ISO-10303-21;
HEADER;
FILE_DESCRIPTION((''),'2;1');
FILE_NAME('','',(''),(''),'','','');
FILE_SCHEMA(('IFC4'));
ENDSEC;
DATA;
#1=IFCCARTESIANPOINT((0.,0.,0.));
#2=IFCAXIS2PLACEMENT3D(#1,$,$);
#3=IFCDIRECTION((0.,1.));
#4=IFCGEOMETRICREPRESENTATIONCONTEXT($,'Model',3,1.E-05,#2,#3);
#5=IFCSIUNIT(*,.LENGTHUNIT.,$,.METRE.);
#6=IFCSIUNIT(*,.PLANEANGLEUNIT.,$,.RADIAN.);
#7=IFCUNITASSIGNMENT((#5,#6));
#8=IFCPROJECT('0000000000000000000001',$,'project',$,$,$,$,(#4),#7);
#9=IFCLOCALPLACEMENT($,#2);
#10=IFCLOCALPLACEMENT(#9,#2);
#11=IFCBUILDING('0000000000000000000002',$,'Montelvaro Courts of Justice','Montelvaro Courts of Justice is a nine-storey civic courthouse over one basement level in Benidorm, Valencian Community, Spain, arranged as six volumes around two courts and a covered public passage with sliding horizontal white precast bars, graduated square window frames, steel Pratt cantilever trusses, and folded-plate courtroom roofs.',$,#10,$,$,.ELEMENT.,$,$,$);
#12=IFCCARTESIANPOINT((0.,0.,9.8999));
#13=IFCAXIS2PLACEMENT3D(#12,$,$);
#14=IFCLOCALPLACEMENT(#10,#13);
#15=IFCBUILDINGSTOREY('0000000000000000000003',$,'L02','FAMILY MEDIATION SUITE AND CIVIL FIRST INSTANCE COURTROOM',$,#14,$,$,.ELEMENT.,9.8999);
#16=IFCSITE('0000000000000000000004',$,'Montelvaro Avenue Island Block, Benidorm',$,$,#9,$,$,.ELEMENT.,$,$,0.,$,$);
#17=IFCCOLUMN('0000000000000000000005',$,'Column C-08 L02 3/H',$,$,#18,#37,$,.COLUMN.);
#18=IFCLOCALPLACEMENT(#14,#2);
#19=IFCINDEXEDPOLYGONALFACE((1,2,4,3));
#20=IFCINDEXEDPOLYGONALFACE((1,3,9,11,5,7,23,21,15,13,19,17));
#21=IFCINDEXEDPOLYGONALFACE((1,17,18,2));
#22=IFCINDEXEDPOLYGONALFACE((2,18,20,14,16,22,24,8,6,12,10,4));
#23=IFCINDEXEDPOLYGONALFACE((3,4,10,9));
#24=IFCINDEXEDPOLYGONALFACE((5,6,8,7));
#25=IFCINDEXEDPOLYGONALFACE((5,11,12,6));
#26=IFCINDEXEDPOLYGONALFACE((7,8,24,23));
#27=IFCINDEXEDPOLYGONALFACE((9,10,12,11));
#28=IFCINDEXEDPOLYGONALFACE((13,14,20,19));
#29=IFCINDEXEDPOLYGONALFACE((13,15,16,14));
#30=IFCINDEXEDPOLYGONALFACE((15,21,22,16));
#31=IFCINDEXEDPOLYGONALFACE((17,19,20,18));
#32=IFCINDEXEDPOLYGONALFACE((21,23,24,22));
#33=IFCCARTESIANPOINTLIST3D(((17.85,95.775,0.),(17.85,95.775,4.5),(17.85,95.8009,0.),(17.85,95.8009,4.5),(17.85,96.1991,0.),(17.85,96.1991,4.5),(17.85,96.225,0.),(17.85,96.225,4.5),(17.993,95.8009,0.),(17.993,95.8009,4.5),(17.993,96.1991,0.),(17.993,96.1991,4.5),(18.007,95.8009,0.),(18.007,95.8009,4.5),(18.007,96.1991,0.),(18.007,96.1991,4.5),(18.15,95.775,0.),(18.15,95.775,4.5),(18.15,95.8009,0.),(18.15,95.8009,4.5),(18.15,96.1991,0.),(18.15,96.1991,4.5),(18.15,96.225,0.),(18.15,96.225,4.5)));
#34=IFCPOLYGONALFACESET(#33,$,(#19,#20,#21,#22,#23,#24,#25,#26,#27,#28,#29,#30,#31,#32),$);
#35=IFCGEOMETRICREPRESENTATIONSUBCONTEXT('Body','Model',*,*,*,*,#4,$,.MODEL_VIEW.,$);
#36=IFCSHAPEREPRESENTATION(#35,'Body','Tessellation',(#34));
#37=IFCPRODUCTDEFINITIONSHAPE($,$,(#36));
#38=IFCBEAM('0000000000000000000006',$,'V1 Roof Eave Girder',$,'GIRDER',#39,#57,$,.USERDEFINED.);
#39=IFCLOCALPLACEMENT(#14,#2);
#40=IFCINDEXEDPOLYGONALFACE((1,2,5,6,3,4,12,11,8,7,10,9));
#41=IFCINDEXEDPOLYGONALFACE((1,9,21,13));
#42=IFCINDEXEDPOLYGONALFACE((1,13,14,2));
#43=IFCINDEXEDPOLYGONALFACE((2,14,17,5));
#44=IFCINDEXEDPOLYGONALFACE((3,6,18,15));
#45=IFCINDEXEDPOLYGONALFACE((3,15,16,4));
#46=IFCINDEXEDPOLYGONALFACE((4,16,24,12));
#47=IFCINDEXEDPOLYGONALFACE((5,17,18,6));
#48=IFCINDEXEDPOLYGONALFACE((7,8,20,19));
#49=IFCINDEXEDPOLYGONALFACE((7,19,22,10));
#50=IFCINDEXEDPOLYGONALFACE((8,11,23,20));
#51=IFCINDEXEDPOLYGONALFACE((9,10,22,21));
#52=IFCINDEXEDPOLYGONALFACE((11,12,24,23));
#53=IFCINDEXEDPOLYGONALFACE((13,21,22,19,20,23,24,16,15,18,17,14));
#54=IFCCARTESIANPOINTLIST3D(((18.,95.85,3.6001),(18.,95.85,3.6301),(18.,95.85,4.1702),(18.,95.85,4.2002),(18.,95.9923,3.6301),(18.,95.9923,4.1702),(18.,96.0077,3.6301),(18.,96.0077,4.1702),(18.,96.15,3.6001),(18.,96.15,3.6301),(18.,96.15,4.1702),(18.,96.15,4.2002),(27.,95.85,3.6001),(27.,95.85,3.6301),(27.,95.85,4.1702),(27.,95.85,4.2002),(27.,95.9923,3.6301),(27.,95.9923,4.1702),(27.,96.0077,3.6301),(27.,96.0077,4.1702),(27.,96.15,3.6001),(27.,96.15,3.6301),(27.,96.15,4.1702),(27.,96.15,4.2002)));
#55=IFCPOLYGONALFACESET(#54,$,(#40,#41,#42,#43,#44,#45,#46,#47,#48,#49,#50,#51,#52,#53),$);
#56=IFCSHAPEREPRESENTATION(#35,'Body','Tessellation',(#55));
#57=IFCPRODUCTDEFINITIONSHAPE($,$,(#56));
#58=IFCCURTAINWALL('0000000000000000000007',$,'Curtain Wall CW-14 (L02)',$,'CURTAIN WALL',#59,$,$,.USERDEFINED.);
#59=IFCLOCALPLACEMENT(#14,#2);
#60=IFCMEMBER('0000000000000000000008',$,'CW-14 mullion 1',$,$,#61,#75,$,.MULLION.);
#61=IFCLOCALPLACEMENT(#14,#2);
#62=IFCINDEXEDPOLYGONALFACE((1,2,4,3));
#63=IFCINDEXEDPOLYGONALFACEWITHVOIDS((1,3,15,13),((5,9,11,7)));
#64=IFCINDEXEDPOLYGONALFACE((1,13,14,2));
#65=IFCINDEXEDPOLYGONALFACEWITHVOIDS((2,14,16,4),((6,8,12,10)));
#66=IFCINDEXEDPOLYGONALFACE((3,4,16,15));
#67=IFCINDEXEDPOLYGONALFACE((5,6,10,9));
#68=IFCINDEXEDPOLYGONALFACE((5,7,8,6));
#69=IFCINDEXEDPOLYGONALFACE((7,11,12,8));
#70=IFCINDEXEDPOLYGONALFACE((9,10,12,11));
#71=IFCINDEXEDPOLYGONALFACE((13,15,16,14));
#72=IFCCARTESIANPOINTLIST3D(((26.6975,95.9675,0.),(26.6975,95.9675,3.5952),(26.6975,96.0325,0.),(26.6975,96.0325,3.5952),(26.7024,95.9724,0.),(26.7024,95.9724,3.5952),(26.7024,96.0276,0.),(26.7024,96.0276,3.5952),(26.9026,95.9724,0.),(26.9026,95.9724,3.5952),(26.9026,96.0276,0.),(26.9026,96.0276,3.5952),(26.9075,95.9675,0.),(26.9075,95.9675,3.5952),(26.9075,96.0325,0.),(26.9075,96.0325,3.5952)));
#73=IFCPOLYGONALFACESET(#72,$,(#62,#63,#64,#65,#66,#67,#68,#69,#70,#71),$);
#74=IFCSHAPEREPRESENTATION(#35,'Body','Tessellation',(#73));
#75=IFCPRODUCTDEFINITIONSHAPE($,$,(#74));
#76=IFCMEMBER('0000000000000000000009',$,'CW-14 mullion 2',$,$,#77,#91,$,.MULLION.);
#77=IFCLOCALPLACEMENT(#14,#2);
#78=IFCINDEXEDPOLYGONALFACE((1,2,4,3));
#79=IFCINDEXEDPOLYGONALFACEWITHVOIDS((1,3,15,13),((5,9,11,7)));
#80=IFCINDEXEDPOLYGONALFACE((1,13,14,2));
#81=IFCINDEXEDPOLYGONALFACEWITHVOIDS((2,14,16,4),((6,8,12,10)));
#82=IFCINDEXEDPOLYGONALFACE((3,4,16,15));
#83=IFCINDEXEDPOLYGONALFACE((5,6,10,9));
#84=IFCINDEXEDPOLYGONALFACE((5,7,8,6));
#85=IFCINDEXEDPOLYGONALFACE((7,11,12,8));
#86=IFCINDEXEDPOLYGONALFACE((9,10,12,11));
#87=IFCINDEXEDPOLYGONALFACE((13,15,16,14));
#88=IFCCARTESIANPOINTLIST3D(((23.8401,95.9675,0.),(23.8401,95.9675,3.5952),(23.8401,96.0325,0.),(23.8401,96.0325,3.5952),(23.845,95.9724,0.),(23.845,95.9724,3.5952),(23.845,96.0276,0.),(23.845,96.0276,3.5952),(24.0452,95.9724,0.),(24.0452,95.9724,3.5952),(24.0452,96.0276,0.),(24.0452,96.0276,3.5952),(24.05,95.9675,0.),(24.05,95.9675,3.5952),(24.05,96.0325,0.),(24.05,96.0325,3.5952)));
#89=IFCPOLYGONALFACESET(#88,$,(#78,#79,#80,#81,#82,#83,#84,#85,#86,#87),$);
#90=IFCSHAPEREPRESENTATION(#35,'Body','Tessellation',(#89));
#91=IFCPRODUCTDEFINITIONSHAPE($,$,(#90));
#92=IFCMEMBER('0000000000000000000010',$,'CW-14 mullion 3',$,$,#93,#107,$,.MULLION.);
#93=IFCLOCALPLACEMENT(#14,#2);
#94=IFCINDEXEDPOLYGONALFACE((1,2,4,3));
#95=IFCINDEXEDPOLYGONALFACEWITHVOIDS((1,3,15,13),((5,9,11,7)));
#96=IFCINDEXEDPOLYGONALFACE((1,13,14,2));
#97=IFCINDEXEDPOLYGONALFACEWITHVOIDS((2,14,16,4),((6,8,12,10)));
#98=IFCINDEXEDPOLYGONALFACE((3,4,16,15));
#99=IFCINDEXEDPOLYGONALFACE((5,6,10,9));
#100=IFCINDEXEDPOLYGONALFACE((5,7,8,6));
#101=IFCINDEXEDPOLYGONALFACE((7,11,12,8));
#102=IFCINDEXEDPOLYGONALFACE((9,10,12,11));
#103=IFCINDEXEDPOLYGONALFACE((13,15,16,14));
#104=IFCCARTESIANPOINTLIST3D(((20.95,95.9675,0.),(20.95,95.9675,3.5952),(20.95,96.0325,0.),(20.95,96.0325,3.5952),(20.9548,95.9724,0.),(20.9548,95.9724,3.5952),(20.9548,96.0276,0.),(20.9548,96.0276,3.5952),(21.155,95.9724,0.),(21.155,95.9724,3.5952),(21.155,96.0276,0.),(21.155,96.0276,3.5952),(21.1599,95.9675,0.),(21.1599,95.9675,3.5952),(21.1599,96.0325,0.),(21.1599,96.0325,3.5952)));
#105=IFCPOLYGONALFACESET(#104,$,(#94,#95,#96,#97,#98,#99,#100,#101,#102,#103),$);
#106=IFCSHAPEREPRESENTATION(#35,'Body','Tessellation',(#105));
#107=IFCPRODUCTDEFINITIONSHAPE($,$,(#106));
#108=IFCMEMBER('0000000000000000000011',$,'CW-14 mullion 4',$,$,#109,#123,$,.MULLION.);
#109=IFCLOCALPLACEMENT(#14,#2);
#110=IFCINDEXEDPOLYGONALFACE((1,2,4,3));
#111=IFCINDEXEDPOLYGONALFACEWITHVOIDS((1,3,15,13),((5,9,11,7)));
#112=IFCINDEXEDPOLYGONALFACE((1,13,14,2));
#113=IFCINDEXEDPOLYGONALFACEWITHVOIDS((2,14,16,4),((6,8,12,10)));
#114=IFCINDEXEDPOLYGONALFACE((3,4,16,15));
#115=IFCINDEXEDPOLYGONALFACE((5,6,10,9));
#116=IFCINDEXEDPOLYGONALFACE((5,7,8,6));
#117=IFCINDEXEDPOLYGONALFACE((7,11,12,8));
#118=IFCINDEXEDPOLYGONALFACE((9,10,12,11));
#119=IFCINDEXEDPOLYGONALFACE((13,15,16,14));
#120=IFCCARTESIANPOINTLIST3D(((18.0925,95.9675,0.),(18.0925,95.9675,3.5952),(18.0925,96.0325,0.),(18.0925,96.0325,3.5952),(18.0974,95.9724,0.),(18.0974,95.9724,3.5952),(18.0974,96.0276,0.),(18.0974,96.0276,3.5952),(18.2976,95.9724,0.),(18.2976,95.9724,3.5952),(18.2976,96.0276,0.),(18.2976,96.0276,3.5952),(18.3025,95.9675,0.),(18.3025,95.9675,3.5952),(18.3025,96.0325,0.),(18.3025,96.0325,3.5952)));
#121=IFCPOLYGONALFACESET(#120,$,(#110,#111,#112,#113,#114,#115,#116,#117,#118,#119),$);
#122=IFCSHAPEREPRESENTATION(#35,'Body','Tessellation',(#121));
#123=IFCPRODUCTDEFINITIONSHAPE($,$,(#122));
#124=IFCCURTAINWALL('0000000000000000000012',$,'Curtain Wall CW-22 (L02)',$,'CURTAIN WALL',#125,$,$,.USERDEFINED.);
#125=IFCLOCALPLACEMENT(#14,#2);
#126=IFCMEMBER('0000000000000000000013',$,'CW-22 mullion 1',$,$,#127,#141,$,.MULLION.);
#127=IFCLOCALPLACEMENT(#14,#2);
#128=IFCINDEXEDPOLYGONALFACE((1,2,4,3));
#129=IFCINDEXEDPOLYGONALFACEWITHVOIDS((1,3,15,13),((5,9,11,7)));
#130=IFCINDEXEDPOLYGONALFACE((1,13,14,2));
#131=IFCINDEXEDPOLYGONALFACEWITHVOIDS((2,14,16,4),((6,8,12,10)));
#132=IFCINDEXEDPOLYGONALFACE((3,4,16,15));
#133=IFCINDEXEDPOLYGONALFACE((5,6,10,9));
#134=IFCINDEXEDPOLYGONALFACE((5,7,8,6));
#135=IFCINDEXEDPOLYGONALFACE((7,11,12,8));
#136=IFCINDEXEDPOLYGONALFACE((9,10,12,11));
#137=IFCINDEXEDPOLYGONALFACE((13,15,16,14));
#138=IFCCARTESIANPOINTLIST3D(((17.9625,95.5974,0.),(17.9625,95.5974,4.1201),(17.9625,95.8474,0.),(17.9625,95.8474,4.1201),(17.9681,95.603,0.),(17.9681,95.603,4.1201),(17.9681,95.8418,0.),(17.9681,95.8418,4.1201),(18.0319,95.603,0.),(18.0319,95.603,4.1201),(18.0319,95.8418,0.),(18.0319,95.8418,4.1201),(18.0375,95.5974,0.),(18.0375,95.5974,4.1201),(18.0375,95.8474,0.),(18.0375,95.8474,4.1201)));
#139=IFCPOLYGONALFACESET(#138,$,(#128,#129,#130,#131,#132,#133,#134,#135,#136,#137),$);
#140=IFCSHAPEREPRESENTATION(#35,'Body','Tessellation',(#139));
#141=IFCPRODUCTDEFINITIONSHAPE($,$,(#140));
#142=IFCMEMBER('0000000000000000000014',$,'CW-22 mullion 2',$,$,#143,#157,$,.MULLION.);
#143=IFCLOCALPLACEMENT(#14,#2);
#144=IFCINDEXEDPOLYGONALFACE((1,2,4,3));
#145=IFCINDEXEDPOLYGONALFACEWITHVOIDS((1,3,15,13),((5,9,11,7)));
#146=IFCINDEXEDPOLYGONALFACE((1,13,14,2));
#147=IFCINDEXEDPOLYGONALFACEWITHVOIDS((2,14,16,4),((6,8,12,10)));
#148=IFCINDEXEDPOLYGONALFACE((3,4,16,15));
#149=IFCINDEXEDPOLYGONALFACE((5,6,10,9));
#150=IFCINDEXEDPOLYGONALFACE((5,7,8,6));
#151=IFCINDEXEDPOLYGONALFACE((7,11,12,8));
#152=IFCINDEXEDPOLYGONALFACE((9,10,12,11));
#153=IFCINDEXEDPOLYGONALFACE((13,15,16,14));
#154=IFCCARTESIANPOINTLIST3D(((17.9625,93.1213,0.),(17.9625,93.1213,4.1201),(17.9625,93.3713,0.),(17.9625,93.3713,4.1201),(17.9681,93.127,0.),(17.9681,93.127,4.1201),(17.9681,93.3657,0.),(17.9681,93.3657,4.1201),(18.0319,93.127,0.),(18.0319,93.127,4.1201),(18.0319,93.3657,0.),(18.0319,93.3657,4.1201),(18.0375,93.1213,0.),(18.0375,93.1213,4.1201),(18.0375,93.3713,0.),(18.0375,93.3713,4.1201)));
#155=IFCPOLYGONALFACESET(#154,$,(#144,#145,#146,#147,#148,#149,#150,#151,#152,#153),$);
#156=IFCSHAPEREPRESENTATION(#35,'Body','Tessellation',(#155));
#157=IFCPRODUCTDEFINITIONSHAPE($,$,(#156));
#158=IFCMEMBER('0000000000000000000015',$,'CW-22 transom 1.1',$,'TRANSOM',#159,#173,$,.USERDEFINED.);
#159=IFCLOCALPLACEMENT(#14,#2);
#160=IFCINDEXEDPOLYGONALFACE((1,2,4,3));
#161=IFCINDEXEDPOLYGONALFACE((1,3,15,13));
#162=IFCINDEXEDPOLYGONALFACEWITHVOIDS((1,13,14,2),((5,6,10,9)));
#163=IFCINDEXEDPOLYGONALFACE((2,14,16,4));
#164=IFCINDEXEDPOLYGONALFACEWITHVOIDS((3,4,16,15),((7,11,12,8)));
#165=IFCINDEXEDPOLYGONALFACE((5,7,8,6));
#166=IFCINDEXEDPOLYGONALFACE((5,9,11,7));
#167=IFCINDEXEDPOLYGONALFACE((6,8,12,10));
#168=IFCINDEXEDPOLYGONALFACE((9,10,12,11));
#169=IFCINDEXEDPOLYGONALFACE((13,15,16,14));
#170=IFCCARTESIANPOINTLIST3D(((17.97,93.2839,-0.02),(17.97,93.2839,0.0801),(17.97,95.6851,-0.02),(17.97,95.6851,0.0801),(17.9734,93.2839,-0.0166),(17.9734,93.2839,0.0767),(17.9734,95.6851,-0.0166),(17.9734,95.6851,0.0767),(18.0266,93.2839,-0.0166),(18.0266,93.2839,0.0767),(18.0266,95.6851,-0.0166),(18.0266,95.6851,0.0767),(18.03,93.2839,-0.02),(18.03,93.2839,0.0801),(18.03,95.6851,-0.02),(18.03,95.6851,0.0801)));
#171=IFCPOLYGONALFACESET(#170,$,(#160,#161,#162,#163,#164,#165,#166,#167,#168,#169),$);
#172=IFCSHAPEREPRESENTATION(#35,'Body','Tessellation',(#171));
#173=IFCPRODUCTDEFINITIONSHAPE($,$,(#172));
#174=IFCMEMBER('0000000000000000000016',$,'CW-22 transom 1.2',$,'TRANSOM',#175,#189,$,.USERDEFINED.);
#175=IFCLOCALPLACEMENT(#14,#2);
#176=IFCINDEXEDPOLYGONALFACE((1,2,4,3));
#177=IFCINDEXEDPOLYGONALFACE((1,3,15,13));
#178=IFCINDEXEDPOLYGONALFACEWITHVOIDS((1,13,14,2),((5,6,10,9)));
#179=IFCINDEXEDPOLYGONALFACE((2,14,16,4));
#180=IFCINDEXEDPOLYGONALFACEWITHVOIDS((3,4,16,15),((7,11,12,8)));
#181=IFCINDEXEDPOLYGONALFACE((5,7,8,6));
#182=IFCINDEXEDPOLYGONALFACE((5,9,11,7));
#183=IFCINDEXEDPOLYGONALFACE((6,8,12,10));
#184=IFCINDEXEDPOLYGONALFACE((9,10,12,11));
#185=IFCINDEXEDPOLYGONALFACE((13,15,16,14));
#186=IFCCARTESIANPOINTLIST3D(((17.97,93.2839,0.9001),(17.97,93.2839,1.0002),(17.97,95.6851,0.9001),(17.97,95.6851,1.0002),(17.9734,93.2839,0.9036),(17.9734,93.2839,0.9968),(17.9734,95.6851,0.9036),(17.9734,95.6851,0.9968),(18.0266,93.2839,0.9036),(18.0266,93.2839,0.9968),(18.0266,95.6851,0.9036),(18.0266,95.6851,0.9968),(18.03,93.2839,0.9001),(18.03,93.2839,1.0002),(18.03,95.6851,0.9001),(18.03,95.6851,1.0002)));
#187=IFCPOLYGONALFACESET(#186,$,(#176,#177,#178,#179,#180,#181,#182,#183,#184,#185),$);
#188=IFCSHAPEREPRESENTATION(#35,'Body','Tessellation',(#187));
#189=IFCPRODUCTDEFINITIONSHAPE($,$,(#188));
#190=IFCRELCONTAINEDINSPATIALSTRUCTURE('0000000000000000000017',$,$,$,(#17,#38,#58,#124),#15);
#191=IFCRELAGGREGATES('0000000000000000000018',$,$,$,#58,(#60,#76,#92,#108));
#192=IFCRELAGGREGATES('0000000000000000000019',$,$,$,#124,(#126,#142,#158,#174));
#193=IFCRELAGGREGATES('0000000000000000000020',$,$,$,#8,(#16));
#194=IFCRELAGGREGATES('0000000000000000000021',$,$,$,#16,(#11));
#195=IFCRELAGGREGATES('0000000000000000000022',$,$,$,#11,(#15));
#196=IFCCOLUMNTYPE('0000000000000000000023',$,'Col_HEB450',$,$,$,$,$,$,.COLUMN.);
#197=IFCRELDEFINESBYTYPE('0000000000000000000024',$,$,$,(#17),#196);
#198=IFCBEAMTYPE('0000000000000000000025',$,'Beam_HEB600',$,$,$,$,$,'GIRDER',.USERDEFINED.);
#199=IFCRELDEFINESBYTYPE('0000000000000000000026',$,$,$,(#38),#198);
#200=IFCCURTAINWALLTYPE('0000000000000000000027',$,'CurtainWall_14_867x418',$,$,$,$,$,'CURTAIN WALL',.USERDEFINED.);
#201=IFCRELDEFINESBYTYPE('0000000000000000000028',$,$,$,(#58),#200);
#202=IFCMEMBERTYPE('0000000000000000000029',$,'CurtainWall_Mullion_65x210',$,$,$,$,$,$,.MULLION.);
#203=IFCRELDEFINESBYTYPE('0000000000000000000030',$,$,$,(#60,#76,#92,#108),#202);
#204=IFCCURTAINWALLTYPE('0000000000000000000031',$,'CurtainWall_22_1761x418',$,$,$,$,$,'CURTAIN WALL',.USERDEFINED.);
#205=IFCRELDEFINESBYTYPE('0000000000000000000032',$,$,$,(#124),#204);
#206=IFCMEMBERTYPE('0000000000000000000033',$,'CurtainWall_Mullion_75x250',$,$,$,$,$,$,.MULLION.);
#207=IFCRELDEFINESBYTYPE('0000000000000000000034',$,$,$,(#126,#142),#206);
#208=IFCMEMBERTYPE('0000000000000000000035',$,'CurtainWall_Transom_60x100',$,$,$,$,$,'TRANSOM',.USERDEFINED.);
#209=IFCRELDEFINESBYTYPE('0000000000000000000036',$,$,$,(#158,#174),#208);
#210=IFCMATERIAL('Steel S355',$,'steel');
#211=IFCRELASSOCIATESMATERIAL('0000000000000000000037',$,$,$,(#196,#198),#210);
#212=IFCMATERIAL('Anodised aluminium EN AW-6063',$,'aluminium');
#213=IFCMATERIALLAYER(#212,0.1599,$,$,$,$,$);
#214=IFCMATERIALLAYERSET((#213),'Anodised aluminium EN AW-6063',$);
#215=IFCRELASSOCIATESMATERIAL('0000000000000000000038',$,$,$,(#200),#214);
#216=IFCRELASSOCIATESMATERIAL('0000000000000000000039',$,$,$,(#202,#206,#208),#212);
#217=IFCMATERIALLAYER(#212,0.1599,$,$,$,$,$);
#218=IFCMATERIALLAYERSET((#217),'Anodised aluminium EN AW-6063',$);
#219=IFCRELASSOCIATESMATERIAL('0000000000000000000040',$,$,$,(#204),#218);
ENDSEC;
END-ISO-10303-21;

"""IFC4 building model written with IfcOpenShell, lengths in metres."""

from ifc_helpers import new_model, si_unit, direction, frame, origin, origin_2d, place, context, subcontext, project, spatial, hollow_rectangle, i_section, extrude, material, layer, layer_set, material_profile, profile_set, type_object, element, aggregate, save


model = new_model("IFC4")

# Units and contexts
model_context = context("Model", 3, precision=1e-05, world=origin(), true_north=direction((0.0, 1.0)))
body_context = subcontext(model_context, "Body", "Model", "MODEL_VIEW")
ifc_project = project(units=[si_unit("LENGTHUNIT", "METRE"), si_unit("PLANEANGLEUNIT", "RADIAN")], contexts=[model_context])

# Site, building, storey
site_placement = place(None, origin())
site = spatial("IfcSite", under=ifc_project, at=site_placement, Name="Montelvaro Avenue Island Block, Benidorm", CompositionType="ELEMENT", RefElevation=0.0)
building_placement = place(site_placement, origin())
building = spatial("IfcBuilding", under=site, at=building_placement, Name="Montelvaro Courts of Justice", Description="Montelvaro Courts of Justice is a nine-storey civic courthouse over one basement level in Benidorm, Valencian Community, Spain, arranged as six volumes around two courts and a covered public passage with sliding horizontal white precast bars, graduated square window frames, steel Pratt cantilever trusses, and folded-plate courtroom roofs.", CompositionType="ELEMENT")
storey_placement = place(building_placement, frame((0.0, 0.0, 9.8999)))
storey = spatial("IfcBuildingStorey", under=building, at=storey_placement, Name="L02", Description="FAMILY MEDIATION SUITE AND CIVIL FIRST INSTANCE COURTROOM", CompositionType="ELEMENT", Elevation=9.8999)

# Column
ifc_material_1 = material(Name="Steel S355", Category="steel")
ifc_material_profile_1 = material_profile(ifc_material_1, i_section(OverallWidth=0.3, OverallDepth=0.45, WebThickness=0.0139, FlangeThickness=0.0259, at=origin_2d()), Name="HEB 450")
ifc_profile_set_1 = profile_set([ifc_material_profile_1], Name="Steel S355")
column_type = type_object("IfcColumnType", Name="Col_HEB450", PredefinedType="COLUMN", material=ifc_profile_set_1)
column_placement = place(storey_placement, frame((18.0, 96.0, 0.0), z_axis=(0.0, 0.0, 1.0), x_axis=(1.0, 0.0, 0.0)))
element("IfcColumn", 1, at=column_placement, inside=storey, type_object=column_type, Name="Column C-08 L02 3/H", PredefinedType="COLUMN", context=body_context, shape_type="SweptSolid", body=[
    extrude(i_section(OverallWidth=0.3, OverallDepth=0.45, WebThickness=0.0139, FlangeThickness=0.0259, at=origin_2d()), origin(), (0.0, 0.0, 1.0), 4.5),
])

# Beam
ifc_material_profile_2 = material_profile(ifc_material_1, i_section(OverallWidth=0.3, OverallDepth=0.6001, WebThickness=0.0154, FlangeThickness=0.03, at=origin_2d()), Name="HEB 600")
ifc_profile_set_2 = profile_set([ifc_material_profile_2], Name="Steel S355")
beam_type = type_object("IfcBeamType", Name="Beam_HEB600", ElementType="GIRDER", PredefinedType="USERDEFINED", material=ifc_profile_set_2)
beam_placement = place(storey_placement, frame((18.0, 96.0, 3.9001), z_axis=(1.0, 0.0, 0.0), x_axis=(0.0, 1.0, 0.0)))
element("IfcBeam", 2, at=beam_placement, inside=storey, type_object=beam_type, Name="V1 Roof Eave Girder", ObjectType="GIRDER", PredefinedType="USERDEFINED", context=body_context, shape_type="SweptSolid", body=[
    extrude(i_section(OverallWidth=0.3, OverallDepth=0.6001, WebThickness=0.0154, FlangeThickness=0.03, at=origin_2d()), origin(), (0.0, 0.0, 1.0), 9.0),
])

# Curtain walls, members
ifc_material_2 = material(Name="Anodised aluminium EN AW-6063", Category="aluminium")
ifc_layer_1 = layer(ifc_material_2, 0.1599)
ifc_layer_set_1 = layer_set([ifc_layer_1], Name="Anodised aluminium EN AW-6063")
curtain_wall_type_1 = type_object("IfcCurtainWallType", Name="CurtainWall_14_867x418", ElementType="CURTAIN WALL", PredefinedType="USERDEFINED", material=ifc_layer_set_1)
curtain_wall_1_placement = place(storey_placement, origin())
curtain_wall_1 = element("IfcCurtainWall", 3, at=curtain_wall_1_placement, inside=storey, type_object=curtain_wall_type_1, Name="Curtain Wall CW-14 (L02)", ObjectType="CURTAIN WALL", PredefinedType="USERDEFINED")
ifc_material_profile_3 = material_profile(ifc_material_2, hollow_rectangle(XDim=0.0649, YDim=0.21, WallThickness=0.0049, at=origin_2d()), Name="ALU-M 65x210")
ifc_profile_set_3 = profile_set([ifc_material_profile_3], Name="Anodised aluminium EN AW-6063")
member_type_1 = type_object("IfcMemberType", Name="CurtainWall_Mullion_65x210", PredefinedType="MULLION", material=ifc_profile_set_3)
member_1_placement = place(storey_placement, frame((26.8025, 96.0, 0.0), z_axis=(0.0, 0.0, 1.0), x_axis=(0.0, -1.0, 0.0)))
member_1 = element("IfcMember", 4, at=member_1_placement, type_object=member_type_1, Name="CW-14 mullion 1", PredefinedType="MULLION", context=body_context, shape_type="SweptSolid", body=[
    extrude(hollow_rectangle(XDim=0.0649, YDim=0.21, WallThickness=0.0049, at=origin_2d()), origin(), (0.0, 0.0, 1.0), 3.5952),
])
member_2_placement = place(storey_placement, frame((23.9451, 96.0, 0.0), z_axis=(0.0, 0.0, 1.0), x_axis=(0.0, -1.0, 0.0)))
member_2 = element("IfcMember", 5, at=member_2_placement, type_object=member_type_1, Name="CW-14 mullion 2", PredefinedType="MULLION", context=body_context, shape_type="SweptSolid", body=[
    extrude(hollow_rectangle(XDim=0.0649, YDim=0.21, WallThickness=0.0049, at=origin_2d()), origin(), (0.0, 0.0, 1.0), 3.5952),
])
member_3_placement = place(storey_placement, frame((21.0549, 96.0, 0.0), z_axis=(0.0, 0.0, 1.0), x_axis=(0.0, -1.0, 0.0)))
member_3 = element("IfcMember", 6, at=member_3_placement, type_object=member_type_1, Name="CW-14 mullion 3", PredefinedType="MULLION", context=body_context, shape_type="SweptSolid", body=[
    extrude(hollow_rectangle(XDim=0.0649, YDim=0.21, WallThickness=0.0049, at=origin_2d()), origin(), (0.0, 0.0, 1.0), 3.5952),
])
member_4_placement = place(storey_placement, frame((18.1975, 96.0, 0.0), z_axis=(0.0, 0.0, 1.0), x_axis=(0.0, -1.0, 0.0)))
member_4 = element("IfcMember", 7, at=member_4_placement, type_object=member_type_1, Name="CW-14 mullion 4", PredefinedType="MULLION", context=body_context, shape_type="SweptSolid", body=[
    extrude(hollow_rectangle(XDim=0.0649, YDim=0.21, WallThickness=0.0049, at=origin_2d()), origin(), (0.0, 0.0, 1.0), 3.5952),
])
ifc_layer_2 = layer(ifc_material_2, 0.1599)
ifc_layer_set_2 = layer_set([ifc_layer_2], Name="Anodised aluminium EN AW-6063")
curtain_wall_type_2 = type_object("IfcCurtainWallType", Name="CurtainWall_22_1761x418", ElementType="CURTAIN WALL", PredefinedType="USERDEFINED", material=ifc_layer_set_2)
curtain_wall_2_placement = place(storey_placement, origin())
curtain_wall_2 = element("IfcCurtainWall", 8, at=curtain_wall_2_placement, inside=storey, type_object=curtain_wall_type_2, Name="Curtain Wall CW-22 (L02)", ObjectType="CURTAIN WALL", PredefinedType="USERDEFINED")
ifc_material_profile_4 = material_profile(ifc_material_2, hollow_rectangle(XDim=0.075, YDim=0.25, WallThickness=0.0056, at=origin_2d()), Name="ALU-M 75x250")
ifc_profile_set_4 = profile_set([ifc_material_profile_4], Name="Anodised aluminium EN AW-6063")
member_type_2 = type_object("IfcMemberType", Name="CurtainWall_Mullion_75x250", PredefinedType="MULLION", material=ifc_profile_set_4)
member_5_placement = place(storey_placement, frame((18.0, 95.7224, 0.0), z_axis=(0.0, 0.0, 1.0), x_axis=(1.0, 0.0, 0.0)))
member_5 = element("IfcMember", 9, at=member_5_placement, type_object=member_type_2, Name="CW-22 mullion 1", PredefinedType="MULLION", context=body_context, shape_type="SweptSolid", body=[
    extrude(hollow_rectangle(XDim=0.075, YDim=0.25, WallThickness=0.0056, at=origin_2d()), origin(), (0.0, 0.0, 1.0), 4.1201),
])
member_6_placement = place(storey_placement, frame((18.0, 93.2463, 0.0), z_axis=(0.0, 0.0, 1.0), x_axis=(1.0, 0.0, 0.0)))
member_6 = element("IfcMember", 10, at=member_6_placement, type_object=member_type_2, Name="CW-22 mullion 2", PredefinedType="MULLION", context=body_context, shape_type="SweptSolid", body=[
    extrude(hollow_rectangle(XDim=0.075, YDim=0.25, WallThickness=0.0056, at=origin_2d()), origin(), (0.0, 0.0, 1.0), 4.1201),
])
ifc_material_profile_5 = material_profile(ifc_material_2, hollow_rectangle(XDim=0.0601, YDim=0.1001, WallThickness=0.0034, at=origin_2d()), Name="ALU-T 60x100")
ifc_profile_set_5 = profile_set([ifc_material_profile_5], Name="Anodised aluminium EN AW-6063")
member_type_3 = type_object("IfcMemberType", Name="CurtainWall_Transom_60x100", ElementType="TRANSOM", PredefinedType="USERDEFINED", material=ifc_profile_set_5)
member_7_placement = place(storey_placement, frame((18.0, 95.6851, 0.03), z_axis=(0.0, -1.0, 0.0), x_axis=(1.0, 0.0, 0.0)))
member_7 = element("IfcMember", 11, at=member_7_placement, type_object=member_type_3, Name="CW-22 transom 1.1", ObjectType="TRANSOM", PredefinedType="USERDEFINED", context=body_context, shape_type="SweptSolid", body=[
    extrude(hollow_rectangle(XDim=0.0601, YDim=0.1001, WallThickness=0.0034, at=origin_2d()), origin(), (0.0, 0.0, 1.0), 2.4011),
])
member_8_placement = place(storey_placement, frame((18.0, 95.6851, 0.9502), z_axis=(0.0, -1.0, 0.0), x_axis=(1.0, 0.0, 0.0)))
member_8 = element("IfcMember", 12, at=member_8_placement, type_object=member_type_3, Name="CW-22 transom 1.2", ObjectType="TRANSOM", PredefinedType="USERDEFINED", context=body_context, shape_type="SweptSolid", body=[
    extrude(hollow_rectangle(XDim=0.0601, YDim=0.1001, WallThickness=0.0034, at=origin_2d()), origin(), (0.0, 0.0, 1.0), 2.4011),
])

aggregate(curtain_wall_1, [member_1, member_2, member_3, member_4])
aggregate(curtain_wall_2, [member_5, member_6, member_7, member_8])

save(model, "model.ifc")
